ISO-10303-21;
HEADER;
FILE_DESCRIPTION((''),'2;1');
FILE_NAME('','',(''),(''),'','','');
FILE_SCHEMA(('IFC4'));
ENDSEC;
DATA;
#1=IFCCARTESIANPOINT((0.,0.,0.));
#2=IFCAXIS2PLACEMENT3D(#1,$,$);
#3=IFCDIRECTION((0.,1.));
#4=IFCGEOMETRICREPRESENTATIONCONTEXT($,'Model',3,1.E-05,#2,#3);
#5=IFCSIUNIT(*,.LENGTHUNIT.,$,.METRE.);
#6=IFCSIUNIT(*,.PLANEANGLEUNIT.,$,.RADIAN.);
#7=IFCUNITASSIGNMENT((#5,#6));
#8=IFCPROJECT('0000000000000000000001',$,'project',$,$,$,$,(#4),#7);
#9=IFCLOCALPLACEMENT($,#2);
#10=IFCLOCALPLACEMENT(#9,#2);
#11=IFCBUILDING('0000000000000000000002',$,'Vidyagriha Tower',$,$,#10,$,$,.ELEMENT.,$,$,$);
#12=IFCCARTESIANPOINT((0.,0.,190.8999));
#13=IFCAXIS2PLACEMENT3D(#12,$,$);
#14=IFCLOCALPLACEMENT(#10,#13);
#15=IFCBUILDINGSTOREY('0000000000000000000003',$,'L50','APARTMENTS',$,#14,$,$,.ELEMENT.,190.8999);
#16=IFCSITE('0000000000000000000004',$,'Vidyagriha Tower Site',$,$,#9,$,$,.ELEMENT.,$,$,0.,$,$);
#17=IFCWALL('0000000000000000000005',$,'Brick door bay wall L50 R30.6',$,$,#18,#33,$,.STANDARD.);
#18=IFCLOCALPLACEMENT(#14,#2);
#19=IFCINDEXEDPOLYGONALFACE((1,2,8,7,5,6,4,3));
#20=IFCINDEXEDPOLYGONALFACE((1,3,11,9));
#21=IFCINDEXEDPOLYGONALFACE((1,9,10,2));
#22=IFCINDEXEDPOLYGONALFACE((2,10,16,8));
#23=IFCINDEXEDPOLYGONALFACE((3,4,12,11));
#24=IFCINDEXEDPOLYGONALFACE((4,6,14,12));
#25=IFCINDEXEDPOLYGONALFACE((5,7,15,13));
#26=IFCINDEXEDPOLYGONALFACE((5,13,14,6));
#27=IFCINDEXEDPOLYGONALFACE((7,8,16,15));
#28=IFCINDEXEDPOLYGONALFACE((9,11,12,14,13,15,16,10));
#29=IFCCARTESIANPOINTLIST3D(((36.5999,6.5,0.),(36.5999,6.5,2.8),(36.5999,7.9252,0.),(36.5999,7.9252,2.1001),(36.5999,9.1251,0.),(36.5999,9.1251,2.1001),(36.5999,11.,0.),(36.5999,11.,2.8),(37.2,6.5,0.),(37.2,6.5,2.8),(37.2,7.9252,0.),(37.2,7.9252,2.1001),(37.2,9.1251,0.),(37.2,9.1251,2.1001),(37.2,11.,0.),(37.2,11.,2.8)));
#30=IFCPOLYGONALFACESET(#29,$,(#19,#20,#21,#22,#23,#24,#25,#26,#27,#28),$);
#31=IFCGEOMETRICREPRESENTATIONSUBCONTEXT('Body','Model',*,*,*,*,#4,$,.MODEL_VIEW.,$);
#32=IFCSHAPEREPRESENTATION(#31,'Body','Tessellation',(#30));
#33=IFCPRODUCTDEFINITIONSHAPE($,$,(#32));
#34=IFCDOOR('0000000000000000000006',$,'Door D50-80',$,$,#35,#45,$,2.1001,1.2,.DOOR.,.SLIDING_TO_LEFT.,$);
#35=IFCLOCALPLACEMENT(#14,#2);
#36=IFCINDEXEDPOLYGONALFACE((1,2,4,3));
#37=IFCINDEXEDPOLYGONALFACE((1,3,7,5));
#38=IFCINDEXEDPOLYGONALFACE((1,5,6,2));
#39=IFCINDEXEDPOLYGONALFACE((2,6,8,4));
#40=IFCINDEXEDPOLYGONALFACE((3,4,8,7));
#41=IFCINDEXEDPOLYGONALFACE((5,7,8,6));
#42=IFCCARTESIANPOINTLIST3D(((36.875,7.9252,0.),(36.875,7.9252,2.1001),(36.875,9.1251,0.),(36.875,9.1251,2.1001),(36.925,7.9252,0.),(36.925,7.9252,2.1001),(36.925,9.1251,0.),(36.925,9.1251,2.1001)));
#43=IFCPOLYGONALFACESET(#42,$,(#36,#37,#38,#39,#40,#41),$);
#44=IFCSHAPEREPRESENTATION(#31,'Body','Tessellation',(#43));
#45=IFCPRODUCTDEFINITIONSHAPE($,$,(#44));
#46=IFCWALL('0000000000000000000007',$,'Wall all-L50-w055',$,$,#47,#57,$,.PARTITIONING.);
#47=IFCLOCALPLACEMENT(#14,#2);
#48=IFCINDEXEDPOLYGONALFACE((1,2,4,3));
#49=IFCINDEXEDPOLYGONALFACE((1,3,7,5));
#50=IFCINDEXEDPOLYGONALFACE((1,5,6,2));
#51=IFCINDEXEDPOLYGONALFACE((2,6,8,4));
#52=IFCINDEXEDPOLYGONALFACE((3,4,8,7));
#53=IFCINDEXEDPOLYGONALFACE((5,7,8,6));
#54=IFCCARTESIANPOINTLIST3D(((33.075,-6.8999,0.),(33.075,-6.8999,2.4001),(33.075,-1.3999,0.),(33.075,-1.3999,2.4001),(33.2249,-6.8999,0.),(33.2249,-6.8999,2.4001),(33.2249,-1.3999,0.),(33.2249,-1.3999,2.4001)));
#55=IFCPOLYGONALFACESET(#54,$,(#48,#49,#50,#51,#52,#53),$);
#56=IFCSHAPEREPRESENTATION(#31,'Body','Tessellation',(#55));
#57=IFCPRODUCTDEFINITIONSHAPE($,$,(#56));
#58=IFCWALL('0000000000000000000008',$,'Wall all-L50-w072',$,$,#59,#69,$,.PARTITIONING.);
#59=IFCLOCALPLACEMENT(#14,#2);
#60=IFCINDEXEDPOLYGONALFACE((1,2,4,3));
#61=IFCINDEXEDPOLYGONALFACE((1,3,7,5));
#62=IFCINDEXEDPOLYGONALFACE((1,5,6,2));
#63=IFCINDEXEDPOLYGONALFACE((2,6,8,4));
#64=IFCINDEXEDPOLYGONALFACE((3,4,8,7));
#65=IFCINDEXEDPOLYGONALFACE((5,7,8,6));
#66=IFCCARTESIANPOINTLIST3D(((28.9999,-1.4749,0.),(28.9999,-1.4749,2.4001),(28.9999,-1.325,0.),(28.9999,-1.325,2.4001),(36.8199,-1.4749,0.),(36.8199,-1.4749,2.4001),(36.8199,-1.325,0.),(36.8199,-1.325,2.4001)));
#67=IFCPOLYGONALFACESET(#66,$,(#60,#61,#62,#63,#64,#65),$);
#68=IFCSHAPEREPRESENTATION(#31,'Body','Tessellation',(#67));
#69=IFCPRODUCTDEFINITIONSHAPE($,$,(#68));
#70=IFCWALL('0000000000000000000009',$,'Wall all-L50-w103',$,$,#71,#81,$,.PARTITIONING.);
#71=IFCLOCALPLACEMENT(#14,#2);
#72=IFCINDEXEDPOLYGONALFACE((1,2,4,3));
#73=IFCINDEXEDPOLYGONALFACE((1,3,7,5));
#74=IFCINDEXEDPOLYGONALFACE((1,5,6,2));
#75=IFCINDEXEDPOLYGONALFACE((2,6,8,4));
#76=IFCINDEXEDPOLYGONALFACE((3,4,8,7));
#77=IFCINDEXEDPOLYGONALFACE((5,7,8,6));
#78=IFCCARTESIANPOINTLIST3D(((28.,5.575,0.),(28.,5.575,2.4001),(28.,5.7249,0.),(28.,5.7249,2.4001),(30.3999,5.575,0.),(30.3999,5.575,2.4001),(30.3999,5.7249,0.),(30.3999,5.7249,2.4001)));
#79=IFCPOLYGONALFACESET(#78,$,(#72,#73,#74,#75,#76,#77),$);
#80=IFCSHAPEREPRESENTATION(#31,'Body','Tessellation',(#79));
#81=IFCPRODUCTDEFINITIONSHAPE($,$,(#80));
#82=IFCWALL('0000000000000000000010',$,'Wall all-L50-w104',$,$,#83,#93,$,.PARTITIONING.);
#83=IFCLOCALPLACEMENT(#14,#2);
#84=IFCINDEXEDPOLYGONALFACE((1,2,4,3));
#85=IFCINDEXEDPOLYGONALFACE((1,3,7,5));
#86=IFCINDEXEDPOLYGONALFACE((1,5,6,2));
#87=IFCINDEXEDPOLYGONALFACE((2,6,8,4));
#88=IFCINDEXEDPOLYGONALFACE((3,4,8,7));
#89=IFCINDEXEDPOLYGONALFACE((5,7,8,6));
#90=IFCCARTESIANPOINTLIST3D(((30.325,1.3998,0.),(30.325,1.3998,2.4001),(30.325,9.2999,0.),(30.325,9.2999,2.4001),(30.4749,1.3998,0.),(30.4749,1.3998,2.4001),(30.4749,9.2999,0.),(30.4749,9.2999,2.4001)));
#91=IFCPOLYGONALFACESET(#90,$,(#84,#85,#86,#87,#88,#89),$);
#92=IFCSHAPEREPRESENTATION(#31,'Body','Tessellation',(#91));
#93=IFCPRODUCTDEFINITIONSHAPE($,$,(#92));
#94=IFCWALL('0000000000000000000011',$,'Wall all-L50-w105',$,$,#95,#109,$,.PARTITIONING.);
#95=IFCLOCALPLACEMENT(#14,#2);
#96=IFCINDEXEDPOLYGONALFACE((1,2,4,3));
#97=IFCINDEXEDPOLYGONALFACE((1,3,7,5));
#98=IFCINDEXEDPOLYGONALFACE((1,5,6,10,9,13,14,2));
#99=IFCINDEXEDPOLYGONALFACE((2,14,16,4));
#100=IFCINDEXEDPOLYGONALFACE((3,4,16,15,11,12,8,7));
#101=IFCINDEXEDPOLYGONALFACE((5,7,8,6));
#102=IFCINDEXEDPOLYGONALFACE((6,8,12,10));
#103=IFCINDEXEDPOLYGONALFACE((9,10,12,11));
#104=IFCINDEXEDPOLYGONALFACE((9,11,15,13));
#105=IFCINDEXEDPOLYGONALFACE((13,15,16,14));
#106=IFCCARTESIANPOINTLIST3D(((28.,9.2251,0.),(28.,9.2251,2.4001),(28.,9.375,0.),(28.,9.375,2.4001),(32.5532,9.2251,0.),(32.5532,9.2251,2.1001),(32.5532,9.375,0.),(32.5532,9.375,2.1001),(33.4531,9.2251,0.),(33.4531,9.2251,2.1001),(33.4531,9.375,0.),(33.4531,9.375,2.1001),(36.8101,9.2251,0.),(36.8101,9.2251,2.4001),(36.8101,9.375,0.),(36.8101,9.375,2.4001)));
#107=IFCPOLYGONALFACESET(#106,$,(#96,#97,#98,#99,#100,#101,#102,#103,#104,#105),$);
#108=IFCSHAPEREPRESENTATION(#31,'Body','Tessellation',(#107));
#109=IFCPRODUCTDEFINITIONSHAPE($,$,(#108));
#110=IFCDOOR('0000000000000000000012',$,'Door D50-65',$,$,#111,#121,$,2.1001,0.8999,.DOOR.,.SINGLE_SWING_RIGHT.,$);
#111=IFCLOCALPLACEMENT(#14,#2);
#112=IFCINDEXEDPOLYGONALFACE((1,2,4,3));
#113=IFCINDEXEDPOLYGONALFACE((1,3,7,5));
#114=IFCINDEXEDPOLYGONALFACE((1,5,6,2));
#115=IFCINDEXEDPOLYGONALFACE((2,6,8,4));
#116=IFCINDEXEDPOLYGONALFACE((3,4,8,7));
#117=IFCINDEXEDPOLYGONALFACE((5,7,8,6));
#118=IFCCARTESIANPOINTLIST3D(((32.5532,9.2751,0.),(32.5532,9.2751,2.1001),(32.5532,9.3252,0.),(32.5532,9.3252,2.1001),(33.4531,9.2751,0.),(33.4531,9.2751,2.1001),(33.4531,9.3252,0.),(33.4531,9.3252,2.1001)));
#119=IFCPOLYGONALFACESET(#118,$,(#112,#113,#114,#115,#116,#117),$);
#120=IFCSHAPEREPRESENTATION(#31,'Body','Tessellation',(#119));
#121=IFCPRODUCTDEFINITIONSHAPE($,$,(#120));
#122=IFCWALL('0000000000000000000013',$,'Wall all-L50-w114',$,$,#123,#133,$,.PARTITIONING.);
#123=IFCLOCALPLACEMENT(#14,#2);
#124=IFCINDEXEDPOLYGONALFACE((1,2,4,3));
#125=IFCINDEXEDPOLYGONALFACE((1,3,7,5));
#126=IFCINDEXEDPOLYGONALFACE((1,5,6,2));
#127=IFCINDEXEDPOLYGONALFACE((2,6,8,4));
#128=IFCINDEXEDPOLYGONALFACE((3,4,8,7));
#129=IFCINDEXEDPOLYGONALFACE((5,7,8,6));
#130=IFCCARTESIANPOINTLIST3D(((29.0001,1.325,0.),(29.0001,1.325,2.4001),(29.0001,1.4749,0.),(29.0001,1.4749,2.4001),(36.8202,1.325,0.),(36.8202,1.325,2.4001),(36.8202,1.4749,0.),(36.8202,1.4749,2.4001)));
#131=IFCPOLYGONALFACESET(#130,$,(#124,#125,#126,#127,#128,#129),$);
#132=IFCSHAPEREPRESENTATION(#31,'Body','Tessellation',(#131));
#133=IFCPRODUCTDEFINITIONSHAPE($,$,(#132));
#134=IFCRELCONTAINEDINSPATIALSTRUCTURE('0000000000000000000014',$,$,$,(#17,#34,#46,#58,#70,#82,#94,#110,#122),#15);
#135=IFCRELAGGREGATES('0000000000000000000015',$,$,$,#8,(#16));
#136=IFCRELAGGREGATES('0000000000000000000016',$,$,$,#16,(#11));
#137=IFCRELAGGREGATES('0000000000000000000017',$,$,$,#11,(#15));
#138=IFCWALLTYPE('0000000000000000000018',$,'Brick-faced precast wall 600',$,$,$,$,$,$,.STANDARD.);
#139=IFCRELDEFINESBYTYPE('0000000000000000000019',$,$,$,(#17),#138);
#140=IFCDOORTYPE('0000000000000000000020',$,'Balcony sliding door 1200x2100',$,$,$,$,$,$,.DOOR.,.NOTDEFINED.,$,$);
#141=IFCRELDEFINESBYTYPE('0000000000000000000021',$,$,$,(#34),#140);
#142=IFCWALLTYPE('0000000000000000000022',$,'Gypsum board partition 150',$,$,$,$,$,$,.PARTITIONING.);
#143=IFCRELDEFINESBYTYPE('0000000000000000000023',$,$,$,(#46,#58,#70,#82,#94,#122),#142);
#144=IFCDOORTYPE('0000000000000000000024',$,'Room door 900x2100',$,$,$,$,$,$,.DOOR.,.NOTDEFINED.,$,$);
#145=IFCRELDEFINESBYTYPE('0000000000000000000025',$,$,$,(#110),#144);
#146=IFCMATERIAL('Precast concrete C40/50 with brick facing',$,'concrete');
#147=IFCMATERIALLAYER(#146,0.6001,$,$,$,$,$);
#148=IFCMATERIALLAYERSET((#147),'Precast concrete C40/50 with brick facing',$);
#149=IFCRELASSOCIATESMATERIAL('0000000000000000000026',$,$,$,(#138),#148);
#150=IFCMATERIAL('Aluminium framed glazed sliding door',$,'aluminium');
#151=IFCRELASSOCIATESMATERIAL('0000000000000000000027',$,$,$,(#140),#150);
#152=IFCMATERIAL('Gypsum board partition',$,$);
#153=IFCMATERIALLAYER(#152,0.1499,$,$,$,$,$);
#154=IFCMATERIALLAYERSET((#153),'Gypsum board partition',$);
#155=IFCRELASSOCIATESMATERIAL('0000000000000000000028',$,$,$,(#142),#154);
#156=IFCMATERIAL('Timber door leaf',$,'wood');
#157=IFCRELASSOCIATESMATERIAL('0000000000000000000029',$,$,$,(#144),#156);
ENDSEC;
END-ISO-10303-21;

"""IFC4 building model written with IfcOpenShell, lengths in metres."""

from ifc_helpers import new_model, si_unit, direction, frame, frame_2d, origin, place, context, subcontext, project, spatial, rectangle, extrude, material, layer, layer_set, type_object, element, fill, save


model = new_model("IFC4")

# Units and contexts
model_context = context("Model", 3, precision=1e-05, world=origin(), true_north=direction((0.0, 1.0)))
body_context = subcontext(model_context, "Body", "Model", "MODEL_VIEW")
ifc_project = project(units=[si_unit("LENGTHUNIT", "METRE"), si_unit("PLANEANGLEUNIT", "RADIAN")], contexts=[model_context])

# Site, building, storey
site_placement = place(None, origin())
site = spatial("IfcSite", under=ifc_project, at=site_placement, Name="Vidyagriha Tower Site", CompositionType="ELEMENT", RefElevation=0.0)
building_placement = place(site_placement, origin())
building = spatial("IfcBuilding", under=site, at=building_placement, Name="Vidyagriha Tower", CompositionType="ELEMENT")
storey_placement = place(building_placement, frame((0.0, 0.0, 190.8999)))
storey = spatial("IfcBuildingStorey", under=building, at=storey_placement, Name="L50", Description="APARTMENTS", CompositionType="ELEMENT", Elevation=190.8999)

# Wall, opening, door
ifc_material_1 = material(Name="Precast concrete C40/50 with brick facing", Category="concrete")
ifc_layer_1 = layer(ifc_material_1, 0.6001)
ifc_layer_set_1 = layer_set([ifc_layer_1], Name="Precast concrete C40/50 with brick facing")
wall_type_1 = type_object("IfcWallType", Name="Brick-faced precast wall 600", PredefinedType="STANDARD", material=ifc_layer_set_1)
wall_1_placement = place(storey_placement, frame((36.8999, 6.5, 0.0), z_axis=(0.0, 0.0, 1.0), x_axis=(0.0, 1.0, 0.0)))
wall_1 = element("IfcWall", 1, at=wall_1_placement, inside=storey, type_object=wall_type_1, Name="Brick door bay wall L50 R30.6", PredefinedType="STANDARD", context=body_context, shape_type="SweptSolid", body=[
    extrude(rectangle(XDim=4.5, YDim=0.6001, at=frame_2d((2.25, 0.0))), origin(), (0.0, 0.0, 1.0), 2.8),
])
opening_1_placement = place(wall_1_placement, frame((1.425, 0.0, 0.0)))
opening_1 = element("IfcOpeningElement", 2, at=opening_1_placement, cuts=wall_1, PredefinedType="OPENING", context=body_context, shape_type="SweptSolid", body=[
    extrude(rectangle(XDim=1.2, YDim=2.1001, at=frame_2d((0.6001, 1.05))), frame((0.0, 0.3101, 0.0), z_axis=(0.0, -1.0, 0.0), x_axis=(1.0, 0.0, 0.0)), (0.0, 0.0, 1.0), 0.6201),
])
ifc_material_2 = material(Name="Aluminium framed glazed sliding door", Category="aluminium")
door_type_1 = type_object("IfcDoorType", Name="Balcony sliding door 1200x2100", OperationType="NOTDEFINED", PredefinedType="DOOR", material=ifc_material_2)
door_1_placement = place(opening_1_placement, origin())
door_1 = element("IfcDoor", 3, at=door_1_placement, inside=storey, type_object=door_type_1, Name="Door D50-80", OperationType="SLIDING_TO_LEFT", OverallHeight=2.1001, OverallWidth=1.2, PredefinedType="DOOR", context=body_context, shape_type="SweptSolid", body=[
    extrude(rectangle(XDim=1.2, YDim=2.1001, at=frame_2d((0.6001, 1.05))), frame((0.0, 0.0249, 0.0), z_axis=(0.0, -1.0, 0.0), x_axis=(1.0, 0.0, 0.0)), (0.0, 0.0, 1.0), 0.05),
])
fill(opening_1, door_1)

# Walls
ifc_material_3 = material(Name="Gypsum board partition")
ifc_layer_2 = layer(ifc_material_3, 0.1499)
ifc_layer_set_2 = layer_set([ifc_layer_2], Name="Gypsum board partition")
wall_type_2 = type_object("IfcWallType", Name="Gypsum board partition 150", PredefinedType="PARTITIONING", material=ifc_layer_set_2)
wall_2_placement = place(storey_placement, frame((33.1499, -1.3999, 0.0), z_axis=(0.0, 0.0, 1.0), x_axis=(0.0, -1.0, 0.0)))
element("IfcWall", 4, at=wall_2_placement, inside=storey, type_object=wall_type_2, Name="Wall all-L50-w055", PredefinedType="PARTITIONING", context=body_context, shape_type="SweptSolid", body=[
    extrude(rectangle(XDim=5.5, YDim=0.1499, at=frame_2d((2.75, 0.0))), origin(), (0.0, 0.0, 1.0), 2.4001),
])
wall_3_placement = place(storey_placement, frame((36.8201, -1.3999, 0.0), z_axis=(0.0, 0.0, 1.0), x_axis=(-1.0, 0.0, 0.0)))
element("IfcWall", 5, at=wall_3_placement, inside=storey, type_object=wall_type_2, Name="Wall all-L50-w072", PredefinedType="PARTITIONING", context=body_context, shape_type="SweptSolid", body=[
    extrude(rectangle(XDim=7.8201, YDim=0.1499, at=frame_2d((3.9102, 0.0))), origin(), (0.0, 0.0, 1.0), 2.4001),
])
wall_4_placement = place(storey_placement, frame((28.0, 5.6499, 0.0)))
element("IfcWall", 6, at=wall_4_placement, inside=storey, type_object=wall_type_2, Name="Wall all-L50-w103", PredefinedType="PARTITIONING", context=body_context, shape_type="SweptSolid", body=[
    extrude(rectangle(XDim=2.3999, YDim=0.1499, at=frame_2d((1.2, 0.0))), origin(), (0.0, 0.0, 1.0), 2.4001),
])
wall_5_placement = place(storey_placement, frame((30.3999, 9.3, 0.0), z_axis=(0.0, 0.0, 1.0), x_axis=(0.0, -1.0, 0.0)))
element("IfcWall", 7, at=wall_5_placement, inside=storey, type_object=wall_type_2, Name="Wall all-L50-w104", PredefinedType="PARTITIONING", context=body_context, shape_type="SweptSolid", body=[
    extrude(rectangle(XDim=7.9001, YDim=0.1499, at=frame_2d((3.9502, 0.0))), origin(), (0.0, 0.0, 1.0), 2.4001),
])

# Wall, opening, door
wall_6_placement = place(storey_placement, frame((36.8101, 9.3, 0.0), z_axis=(0.0, 0.0, 1.0), x_axis=(-1.0, 0.0, 0.0)))
wall_6 = element("IfcWall", 8, at=wall_6_placement, inside=storey, type_object=wall_type_2, Name="Wall all-L50-w105", PredefinedType="PARTITIONING", context=body_context, shape_type="SweptSolid", body=[
    extrude(rectangle(XDim=8.8101, YDim=0.1499, at=frame_2d((4.405, 0.0))), origin(), (0.0, 0.0, 1.0), 2.4001),
])
opening_2_placement = place(wall_6_placement, frame((3.3569, 0.0, 0.0)))
opening_2 = element("IfcOpeningElement", 9, at=opening_2_placement, cuts=wall_6, PredefinedType="OPENING", context=body_context, shape_type="SweptSolid", body=[
    extrude(rectangle(XDim=0.8999, YDim=2.1001, at=frame_2d((0.45, 1.05))), frame((0.0, 0.085, 0.0), z_axis=(0.0, -1.0, 0.0), x_axis=(1.0, 0.0, 0.0)), (0.0, 0.0, 1.0), 0.1699),
])
ifc_material_4 = material(Name="Timber door leaf", Category="wood")
door_type_2 = type_object("IfcDoorType", Name="Room door 900x2100", OperationType="NOTDEFINED", PredefinedType="DOOR", material=ifc_material_4)
door_2_placement = place(opening_2_placement, origin())
door_2 = element("IfcDoor", 10, at=door_2_placement, inside=storey, type_object=door_type_2, Name="Door D50-65", OperationType="SINGLE_SWING_RIGHT", OverallHeight=2.1001, OverallWidth=0.8999, PredefinedType="DOOR", context=body_context, shape_type="SweptSolid", body=[
    extrude(rectangle(XDim=0.8999, YDim=2.1001, at=frame_2d((0.45, 1.05))), frame((0.0, 0.0249, 0.0), z_axis=(0.0, -1.0, 0.0), x_axis=(1.0, 0.0, 0.0)), (0.0, 0.0, 1.0), 0.05),
])
fill(opening_2, door_2)

# Wall
wall_7_placement = place(storey_placement, frame((29.0, 1.3999, 0.0)))
element("IfcWall", 11, at=wall_7_placement, inside=storey, type_object=wall_type_2, Name="Wall all-L50-w114", PredefinedType="PARTITIONING", context=body_context, shape_type="SweptSolid", body=[
    extrude(rectangle(XDim=7.8201, YDim=0.1499, at=frame_2d((3.9102, 0.0))), origin(), (0.0, 0.0, 1.0), 2.4001),
])

save(model, "model.ifc")
